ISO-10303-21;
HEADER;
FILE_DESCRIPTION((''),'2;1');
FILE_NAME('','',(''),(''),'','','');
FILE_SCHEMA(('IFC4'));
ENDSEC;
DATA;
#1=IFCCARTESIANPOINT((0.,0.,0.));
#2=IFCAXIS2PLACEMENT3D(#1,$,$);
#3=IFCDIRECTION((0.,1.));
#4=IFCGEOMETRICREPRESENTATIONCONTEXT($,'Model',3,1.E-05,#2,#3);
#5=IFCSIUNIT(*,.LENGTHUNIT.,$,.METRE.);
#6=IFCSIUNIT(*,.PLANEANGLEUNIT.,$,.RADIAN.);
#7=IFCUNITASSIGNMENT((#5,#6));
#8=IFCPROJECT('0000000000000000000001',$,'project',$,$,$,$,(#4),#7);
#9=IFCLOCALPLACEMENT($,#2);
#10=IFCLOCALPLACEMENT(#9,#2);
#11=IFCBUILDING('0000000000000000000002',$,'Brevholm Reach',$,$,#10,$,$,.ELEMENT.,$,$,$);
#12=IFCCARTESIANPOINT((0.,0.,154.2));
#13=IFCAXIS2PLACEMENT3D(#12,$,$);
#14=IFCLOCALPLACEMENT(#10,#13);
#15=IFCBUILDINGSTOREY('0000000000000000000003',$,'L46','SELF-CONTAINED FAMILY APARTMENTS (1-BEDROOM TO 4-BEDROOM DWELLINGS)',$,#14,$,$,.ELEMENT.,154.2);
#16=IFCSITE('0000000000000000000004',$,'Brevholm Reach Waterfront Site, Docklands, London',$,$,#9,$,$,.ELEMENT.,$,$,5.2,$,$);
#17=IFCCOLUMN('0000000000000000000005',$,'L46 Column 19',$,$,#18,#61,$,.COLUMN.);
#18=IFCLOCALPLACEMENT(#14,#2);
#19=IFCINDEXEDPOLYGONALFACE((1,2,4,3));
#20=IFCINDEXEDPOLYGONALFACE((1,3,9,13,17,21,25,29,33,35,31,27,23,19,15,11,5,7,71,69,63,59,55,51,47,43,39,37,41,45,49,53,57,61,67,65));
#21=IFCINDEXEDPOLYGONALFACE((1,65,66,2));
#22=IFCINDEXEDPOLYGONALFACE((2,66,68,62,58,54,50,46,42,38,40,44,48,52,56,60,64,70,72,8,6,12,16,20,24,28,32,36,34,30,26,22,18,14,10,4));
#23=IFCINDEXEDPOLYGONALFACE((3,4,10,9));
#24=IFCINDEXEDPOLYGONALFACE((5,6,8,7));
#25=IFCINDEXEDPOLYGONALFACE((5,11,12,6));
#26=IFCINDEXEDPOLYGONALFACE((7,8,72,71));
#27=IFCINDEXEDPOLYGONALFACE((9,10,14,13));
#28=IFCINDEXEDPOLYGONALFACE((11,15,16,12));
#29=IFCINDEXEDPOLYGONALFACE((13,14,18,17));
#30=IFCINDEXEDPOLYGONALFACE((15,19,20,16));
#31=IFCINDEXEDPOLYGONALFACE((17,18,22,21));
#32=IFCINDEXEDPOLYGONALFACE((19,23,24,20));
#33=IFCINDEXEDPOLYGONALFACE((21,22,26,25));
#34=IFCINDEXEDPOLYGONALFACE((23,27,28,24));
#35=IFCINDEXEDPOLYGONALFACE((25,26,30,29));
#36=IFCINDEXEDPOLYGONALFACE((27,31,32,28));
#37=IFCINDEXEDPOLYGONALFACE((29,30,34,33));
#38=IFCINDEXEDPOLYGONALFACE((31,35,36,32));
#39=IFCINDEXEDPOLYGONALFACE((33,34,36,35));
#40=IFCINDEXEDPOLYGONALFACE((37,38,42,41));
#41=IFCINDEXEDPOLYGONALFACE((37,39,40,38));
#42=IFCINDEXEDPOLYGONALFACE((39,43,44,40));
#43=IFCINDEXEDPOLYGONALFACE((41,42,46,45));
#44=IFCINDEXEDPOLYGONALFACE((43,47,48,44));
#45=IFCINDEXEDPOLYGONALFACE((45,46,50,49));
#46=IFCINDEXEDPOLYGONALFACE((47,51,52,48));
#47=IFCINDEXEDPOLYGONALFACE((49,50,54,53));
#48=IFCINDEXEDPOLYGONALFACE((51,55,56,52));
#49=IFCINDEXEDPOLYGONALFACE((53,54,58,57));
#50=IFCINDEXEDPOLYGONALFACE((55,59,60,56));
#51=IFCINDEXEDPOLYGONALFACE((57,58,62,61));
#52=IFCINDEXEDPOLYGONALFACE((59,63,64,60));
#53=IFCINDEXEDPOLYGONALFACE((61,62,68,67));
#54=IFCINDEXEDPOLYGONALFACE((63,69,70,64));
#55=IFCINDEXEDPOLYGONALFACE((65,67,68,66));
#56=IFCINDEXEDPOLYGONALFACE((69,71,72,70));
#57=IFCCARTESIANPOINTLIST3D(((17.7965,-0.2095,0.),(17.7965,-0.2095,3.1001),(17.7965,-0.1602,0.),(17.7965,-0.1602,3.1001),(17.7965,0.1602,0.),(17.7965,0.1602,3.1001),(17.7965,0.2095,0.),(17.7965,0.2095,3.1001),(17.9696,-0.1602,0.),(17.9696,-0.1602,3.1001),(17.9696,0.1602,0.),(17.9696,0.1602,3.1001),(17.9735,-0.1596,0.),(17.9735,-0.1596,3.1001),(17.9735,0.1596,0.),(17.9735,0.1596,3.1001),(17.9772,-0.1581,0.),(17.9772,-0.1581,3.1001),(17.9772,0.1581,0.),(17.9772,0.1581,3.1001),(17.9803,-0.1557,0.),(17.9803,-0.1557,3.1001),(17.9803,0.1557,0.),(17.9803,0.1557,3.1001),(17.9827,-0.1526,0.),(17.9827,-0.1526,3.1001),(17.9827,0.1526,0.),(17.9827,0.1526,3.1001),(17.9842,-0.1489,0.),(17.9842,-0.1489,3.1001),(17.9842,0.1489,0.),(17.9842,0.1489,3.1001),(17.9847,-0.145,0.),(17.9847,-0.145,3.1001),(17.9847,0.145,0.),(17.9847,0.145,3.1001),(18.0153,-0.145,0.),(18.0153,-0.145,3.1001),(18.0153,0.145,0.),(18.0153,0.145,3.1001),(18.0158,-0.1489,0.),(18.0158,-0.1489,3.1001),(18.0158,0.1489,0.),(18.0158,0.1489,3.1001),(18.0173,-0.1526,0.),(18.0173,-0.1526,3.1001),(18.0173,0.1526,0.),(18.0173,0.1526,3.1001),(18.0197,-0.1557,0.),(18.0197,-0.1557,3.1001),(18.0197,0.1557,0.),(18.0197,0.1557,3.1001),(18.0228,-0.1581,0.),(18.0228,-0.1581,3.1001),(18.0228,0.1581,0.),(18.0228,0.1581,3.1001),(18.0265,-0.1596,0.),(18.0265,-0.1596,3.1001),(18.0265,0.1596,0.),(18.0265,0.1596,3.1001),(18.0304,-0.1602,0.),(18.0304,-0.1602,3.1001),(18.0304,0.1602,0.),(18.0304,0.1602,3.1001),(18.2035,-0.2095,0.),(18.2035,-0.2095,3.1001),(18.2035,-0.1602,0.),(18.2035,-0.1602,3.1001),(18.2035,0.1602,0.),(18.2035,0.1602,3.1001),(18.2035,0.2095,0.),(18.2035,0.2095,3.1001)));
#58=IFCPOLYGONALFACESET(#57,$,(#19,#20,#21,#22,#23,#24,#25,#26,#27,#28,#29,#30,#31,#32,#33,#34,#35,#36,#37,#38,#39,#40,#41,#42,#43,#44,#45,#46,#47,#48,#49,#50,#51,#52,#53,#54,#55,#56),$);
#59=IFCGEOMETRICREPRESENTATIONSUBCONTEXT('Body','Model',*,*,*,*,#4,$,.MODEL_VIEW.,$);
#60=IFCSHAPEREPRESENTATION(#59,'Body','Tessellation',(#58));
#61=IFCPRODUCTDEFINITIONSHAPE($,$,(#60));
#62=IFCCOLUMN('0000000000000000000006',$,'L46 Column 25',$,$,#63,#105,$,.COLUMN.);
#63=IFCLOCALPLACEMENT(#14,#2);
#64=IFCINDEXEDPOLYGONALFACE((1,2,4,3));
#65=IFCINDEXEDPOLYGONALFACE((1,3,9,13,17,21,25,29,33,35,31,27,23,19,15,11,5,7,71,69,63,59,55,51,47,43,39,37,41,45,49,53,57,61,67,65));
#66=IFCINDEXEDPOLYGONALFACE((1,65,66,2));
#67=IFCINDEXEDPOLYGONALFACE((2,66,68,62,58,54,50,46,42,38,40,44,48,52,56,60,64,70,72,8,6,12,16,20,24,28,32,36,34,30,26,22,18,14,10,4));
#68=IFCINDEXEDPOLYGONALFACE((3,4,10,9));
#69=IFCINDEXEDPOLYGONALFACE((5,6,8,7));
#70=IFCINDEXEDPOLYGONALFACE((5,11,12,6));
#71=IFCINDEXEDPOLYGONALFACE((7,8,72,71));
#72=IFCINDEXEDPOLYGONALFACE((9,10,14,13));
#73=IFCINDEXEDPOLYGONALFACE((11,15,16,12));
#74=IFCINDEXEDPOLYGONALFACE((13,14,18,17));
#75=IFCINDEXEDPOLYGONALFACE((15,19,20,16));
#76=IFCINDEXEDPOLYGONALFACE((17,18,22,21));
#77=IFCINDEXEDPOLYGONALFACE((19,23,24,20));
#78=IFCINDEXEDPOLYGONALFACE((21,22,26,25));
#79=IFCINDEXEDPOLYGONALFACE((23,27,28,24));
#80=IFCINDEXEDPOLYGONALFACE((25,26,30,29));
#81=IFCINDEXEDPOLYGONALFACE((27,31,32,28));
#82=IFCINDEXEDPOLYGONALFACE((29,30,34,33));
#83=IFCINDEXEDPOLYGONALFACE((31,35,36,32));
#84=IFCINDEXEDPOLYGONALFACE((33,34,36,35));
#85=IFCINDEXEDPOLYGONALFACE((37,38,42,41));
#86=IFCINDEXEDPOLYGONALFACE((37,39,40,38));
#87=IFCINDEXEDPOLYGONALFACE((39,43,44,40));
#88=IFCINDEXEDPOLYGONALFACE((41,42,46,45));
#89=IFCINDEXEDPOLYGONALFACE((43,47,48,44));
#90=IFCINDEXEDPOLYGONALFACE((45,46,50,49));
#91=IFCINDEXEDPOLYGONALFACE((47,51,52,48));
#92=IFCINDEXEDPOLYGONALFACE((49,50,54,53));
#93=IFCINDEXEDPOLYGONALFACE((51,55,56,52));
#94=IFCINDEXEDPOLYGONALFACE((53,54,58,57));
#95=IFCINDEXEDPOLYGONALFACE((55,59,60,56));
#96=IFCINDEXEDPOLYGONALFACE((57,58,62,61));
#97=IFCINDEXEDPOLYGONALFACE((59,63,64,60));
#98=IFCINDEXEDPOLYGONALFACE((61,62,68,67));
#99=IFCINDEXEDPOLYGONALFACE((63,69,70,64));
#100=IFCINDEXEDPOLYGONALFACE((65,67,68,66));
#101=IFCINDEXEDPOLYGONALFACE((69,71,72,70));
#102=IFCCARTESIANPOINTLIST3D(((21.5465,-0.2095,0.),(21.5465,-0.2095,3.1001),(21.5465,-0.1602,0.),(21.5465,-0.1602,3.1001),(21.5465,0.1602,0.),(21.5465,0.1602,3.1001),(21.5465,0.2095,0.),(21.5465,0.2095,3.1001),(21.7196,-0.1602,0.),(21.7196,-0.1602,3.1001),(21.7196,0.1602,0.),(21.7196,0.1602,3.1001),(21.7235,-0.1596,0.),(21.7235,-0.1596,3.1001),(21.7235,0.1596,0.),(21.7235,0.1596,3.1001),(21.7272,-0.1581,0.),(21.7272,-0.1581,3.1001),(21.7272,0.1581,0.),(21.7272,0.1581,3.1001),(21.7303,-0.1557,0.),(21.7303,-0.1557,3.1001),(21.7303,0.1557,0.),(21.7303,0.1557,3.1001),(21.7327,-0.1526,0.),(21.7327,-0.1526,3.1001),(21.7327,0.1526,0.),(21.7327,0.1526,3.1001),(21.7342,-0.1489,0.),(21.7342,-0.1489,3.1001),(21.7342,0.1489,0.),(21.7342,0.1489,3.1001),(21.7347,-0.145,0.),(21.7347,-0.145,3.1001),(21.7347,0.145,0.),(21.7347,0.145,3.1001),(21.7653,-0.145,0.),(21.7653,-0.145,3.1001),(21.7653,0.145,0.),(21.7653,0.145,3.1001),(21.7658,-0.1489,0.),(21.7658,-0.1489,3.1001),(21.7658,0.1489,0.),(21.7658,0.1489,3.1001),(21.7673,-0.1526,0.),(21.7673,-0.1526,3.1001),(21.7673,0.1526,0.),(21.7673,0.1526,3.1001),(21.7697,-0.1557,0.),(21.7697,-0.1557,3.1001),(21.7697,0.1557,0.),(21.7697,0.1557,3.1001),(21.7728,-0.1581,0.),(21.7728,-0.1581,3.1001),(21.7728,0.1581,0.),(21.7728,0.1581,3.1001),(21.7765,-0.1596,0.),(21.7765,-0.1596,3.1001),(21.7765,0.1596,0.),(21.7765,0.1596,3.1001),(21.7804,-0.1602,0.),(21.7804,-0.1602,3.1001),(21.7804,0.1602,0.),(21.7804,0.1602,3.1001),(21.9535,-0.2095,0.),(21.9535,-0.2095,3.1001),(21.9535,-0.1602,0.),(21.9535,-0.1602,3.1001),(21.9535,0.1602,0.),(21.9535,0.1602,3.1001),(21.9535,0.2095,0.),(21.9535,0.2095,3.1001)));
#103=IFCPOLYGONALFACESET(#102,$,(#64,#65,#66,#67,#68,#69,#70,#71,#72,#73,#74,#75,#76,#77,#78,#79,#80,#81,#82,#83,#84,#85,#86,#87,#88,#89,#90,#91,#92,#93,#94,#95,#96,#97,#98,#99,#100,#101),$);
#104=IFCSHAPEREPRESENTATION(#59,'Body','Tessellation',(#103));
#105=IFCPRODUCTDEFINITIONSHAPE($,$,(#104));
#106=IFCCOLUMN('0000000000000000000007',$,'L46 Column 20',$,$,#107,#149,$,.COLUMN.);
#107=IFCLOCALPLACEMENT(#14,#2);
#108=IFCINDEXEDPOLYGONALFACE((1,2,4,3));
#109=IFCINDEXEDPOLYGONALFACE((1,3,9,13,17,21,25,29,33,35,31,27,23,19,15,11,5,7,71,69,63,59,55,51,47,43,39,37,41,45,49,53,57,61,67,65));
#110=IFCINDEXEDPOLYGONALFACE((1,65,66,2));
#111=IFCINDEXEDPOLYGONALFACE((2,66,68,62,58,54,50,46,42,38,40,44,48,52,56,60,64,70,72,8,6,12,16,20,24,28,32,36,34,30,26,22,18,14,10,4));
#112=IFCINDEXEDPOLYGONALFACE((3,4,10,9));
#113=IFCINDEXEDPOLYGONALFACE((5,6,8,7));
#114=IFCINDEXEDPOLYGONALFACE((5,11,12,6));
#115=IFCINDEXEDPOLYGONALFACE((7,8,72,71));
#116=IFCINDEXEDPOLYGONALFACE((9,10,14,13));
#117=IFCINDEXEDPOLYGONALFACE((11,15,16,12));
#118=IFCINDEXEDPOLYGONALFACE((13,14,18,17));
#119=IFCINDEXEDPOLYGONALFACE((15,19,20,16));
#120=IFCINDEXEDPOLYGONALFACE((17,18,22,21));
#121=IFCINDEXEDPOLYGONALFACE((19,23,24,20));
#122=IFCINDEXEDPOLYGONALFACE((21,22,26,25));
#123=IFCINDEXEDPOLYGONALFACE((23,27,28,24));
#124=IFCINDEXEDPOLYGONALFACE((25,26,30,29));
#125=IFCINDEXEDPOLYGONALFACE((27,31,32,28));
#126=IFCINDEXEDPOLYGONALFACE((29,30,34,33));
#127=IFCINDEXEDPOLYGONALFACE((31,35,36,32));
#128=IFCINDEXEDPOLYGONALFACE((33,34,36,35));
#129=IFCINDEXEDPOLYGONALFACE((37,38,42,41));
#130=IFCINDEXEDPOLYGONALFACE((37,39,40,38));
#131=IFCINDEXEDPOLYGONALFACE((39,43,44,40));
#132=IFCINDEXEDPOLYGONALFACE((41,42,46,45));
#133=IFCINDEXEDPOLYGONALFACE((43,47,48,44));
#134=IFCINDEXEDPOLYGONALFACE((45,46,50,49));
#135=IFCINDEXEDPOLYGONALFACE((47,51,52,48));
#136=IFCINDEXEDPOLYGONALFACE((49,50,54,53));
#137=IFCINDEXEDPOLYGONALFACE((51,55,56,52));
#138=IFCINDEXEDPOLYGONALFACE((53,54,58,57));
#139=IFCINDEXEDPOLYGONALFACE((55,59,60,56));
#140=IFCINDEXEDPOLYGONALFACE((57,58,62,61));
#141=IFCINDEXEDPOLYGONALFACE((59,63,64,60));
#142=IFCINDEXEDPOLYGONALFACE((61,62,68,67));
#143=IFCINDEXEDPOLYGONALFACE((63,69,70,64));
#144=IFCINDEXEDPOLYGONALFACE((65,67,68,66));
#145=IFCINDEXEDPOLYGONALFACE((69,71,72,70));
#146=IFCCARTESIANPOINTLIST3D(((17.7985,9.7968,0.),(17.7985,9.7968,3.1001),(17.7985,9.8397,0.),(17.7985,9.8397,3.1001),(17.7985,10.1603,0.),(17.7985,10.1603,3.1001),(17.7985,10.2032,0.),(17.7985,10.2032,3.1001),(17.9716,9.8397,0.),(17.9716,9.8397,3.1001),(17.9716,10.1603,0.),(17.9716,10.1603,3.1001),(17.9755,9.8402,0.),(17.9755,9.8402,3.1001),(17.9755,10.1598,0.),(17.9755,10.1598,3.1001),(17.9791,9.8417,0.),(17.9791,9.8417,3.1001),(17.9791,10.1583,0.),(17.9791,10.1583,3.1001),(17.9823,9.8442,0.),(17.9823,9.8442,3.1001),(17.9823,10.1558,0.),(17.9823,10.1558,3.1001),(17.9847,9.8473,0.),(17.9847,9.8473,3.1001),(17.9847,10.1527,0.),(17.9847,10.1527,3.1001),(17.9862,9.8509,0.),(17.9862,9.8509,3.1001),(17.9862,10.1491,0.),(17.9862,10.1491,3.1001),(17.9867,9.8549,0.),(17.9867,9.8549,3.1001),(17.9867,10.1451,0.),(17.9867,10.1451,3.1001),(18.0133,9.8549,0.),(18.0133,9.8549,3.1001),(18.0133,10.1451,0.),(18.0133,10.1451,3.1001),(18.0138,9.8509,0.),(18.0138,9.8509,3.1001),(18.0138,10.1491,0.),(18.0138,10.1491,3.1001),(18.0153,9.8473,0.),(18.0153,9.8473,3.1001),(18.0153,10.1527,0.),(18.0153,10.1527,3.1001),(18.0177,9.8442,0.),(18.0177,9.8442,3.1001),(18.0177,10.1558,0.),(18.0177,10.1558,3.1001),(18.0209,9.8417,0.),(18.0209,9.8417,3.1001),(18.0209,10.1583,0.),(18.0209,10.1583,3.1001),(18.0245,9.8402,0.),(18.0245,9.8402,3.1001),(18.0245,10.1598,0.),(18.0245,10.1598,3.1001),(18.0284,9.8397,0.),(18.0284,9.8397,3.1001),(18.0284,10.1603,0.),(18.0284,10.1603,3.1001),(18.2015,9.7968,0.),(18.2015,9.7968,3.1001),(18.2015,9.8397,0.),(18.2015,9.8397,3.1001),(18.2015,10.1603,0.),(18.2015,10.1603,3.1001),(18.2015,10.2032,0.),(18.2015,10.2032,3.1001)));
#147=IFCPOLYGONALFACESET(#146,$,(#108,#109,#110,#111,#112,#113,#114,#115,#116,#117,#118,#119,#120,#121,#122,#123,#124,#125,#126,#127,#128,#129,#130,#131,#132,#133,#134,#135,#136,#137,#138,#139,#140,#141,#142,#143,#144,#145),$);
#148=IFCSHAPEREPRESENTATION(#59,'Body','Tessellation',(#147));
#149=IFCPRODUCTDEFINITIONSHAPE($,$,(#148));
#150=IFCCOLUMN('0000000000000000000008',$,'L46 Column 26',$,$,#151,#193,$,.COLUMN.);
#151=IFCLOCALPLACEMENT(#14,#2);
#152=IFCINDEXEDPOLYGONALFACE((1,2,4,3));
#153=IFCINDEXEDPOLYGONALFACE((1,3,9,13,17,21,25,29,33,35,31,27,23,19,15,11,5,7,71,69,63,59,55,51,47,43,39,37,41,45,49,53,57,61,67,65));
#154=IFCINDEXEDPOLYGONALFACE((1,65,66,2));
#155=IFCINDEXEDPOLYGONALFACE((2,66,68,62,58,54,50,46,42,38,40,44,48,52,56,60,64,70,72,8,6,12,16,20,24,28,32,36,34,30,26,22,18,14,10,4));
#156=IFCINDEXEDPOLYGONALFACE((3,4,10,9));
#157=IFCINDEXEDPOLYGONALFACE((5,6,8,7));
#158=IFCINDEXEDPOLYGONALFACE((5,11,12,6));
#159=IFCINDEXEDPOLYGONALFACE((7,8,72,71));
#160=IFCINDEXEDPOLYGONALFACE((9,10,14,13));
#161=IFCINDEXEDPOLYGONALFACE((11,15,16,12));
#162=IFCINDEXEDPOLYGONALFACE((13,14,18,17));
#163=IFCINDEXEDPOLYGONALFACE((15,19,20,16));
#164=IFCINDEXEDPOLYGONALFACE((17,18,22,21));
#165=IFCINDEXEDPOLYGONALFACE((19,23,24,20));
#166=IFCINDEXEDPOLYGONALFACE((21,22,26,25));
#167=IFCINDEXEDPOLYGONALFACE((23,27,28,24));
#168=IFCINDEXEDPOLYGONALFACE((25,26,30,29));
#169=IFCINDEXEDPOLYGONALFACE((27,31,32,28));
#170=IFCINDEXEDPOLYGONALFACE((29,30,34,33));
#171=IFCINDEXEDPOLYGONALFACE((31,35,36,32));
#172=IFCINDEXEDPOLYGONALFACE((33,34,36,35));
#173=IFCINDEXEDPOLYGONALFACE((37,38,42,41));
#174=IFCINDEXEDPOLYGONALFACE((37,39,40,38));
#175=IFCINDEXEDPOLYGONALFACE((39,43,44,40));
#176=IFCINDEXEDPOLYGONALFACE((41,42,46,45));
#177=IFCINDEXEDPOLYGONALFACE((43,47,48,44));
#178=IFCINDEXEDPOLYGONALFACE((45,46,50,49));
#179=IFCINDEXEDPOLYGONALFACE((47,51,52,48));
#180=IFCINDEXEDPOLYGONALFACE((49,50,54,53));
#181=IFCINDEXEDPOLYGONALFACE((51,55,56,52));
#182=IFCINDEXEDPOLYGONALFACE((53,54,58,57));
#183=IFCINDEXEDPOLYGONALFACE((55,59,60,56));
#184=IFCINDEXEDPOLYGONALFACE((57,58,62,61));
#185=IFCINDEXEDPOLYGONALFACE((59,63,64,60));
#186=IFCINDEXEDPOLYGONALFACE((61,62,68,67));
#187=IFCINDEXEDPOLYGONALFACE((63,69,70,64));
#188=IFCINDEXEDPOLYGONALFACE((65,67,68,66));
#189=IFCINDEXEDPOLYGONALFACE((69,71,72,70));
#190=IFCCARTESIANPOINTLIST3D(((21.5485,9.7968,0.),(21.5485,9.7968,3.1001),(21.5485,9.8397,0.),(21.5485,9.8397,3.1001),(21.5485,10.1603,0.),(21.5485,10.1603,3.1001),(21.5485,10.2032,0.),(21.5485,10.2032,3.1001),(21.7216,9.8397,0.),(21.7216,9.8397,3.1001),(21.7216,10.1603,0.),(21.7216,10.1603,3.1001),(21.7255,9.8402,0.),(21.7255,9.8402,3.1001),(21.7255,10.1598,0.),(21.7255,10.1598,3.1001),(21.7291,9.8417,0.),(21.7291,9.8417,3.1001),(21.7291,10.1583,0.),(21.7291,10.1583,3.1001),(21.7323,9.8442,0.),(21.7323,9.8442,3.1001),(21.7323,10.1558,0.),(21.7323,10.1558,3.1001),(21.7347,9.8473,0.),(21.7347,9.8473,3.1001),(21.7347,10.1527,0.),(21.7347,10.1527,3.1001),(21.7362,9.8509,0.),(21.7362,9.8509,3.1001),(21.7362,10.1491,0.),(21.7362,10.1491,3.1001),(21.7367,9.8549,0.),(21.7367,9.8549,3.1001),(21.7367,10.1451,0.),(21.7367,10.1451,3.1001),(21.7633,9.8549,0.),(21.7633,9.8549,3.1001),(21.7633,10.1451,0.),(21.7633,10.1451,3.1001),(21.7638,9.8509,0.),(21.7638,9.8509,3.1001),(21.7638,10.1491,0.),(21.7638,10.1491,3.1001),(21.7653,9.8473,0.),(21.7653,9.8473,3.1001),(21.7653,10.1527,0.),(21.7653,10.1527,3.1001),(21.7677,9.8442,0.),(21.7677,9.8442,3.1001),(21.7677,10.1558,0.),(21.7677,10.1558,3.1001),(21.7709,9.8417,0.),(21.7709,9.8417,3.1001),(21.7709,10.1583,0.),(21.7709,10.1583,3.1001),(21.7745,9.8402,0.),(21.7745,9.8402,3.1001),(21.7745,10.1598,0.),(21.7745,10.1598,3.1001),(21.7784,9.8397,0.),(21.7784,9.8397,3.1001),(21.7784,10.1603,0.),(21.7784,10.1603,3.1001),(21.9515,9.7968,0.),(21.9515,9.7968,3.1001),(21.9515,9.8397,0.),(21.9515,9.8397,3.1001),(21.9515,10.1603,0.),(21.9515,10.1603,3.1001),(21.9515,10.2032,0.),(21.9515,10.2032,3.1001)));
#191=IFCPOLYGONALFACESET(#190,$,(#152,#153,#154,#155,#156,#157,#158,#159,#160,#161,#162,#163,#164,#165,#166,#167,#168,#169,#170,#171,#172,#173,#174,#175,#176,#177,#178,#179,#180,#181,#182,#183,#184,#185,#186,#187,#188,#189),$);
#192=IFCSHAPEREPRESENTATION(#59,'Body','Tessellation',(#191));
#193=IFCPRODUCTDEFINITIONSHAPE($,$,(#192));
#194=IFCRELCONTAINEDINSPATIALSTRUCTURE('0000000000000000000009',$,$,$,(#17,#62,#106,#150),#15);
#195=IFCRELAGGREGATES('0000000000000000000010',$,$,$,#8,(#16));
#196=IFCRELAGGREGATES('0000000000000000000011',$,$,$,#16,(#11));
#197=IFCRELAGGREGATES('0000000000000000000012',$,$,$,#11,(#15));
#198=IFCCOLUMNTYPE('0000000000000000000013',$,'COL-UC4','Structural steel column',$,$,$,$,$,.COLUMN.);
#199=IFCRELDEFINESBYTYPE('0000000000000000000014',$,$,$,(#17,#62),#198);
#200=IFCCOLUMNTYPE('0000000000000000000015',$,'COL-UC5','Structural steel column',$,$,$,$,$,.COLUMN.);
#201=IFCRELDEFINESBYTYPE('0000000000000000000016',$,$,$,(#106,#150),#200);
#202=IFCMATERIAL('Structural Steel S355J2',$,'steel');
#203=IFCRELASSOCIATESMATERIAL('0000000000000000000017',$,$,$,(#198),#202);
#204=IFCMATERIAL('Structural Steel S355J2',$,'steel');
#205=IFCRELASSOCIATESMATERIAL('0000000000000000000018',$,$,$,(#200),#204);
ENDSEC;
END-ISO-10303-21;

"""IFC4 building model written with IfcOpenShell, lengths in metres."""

from ifc_helpers import new_model, si_unit, direction, frame, origin, origin_2d, place, context, subcontext, project, spatial, i_section, extrude, material, material_profile, profile_set, type_object, element, save


model = new_model("IFC4")

# Units and contexts
model_context = context("Model", 3, precision=1e-05, world=origin(), true_north=direction((0.0, 1.0)))
body_context = subcontext(model_context, "Body", "Model", "MODEL_VIEW")
ifc_project = project(units=[si_unit("LENGTHUNIT", "METRE"), si_unit("PLANEANGLEUNIT", "RADIAN")], contexts=[model_context])

# Site, building, storey
site_placement = place(None, origin())
site = spatial("IfcSite", under=ifc_project, at=site_placement, Name="Brevholm Reach Waterfront Site, Docklands, London", CompositionType="ELEMENT", RefElevation=5.2)
building_placement = place(site_placement, origin())
building = spatial("IfcBuilding", under=site, at=building_placement, Name="Brevholm Reach", CompositionType="ELEMENT")
storey_placement = place(building_placement, frame((0.0, 0.0, 154.2)))
storey = spatial("IfcBuildingStorey", under=building, at=storey_placement, Name="L46", Description="SELF-CONTAINED FAMILY APARTMENTS (1-BEDROOM TO 4-BEDROOM DWELLINGS)", CompositionType="ELEMENT", Elevation=154.2)

# Columns
ifc_material_1 = material(Name="Structural Steel S355J2", Category="steel")
ifc_material_profile_1 = material_profile(ifc_material_1, i_section(OverallWidth=0.407, OverallDepth=0.4189, WebThickness=0.0305, FlangeThickness=0.0493, FilletRadius=0.0151, at=origin_2d()), Name="UKC 356x406x393")
ifc_profile_set_1 = profile_set([ifc_material_profile_1], Name="Structural Steel S355J2")
column_type_1 = type_object("IfcColumnType", Name="COL-UC4", Description="Structural steel column", PredefinedType="COLUMN", material=ifc_profile_set_1)
for number, where, z_axis, x_axis, name in (
    (1, (18.0, 0.0, 0.0), (0.0, 0.0, 1.0), (1.0, 0.0, 0.0), "L46 Column 19"),
    (2, (21.75, 0.0, 0.0), (0.0, 0.0, 1.0), (1.0, 0.0, 0.0), "L46 Column 25"),
):
    element("IfcColumn", number, at=place(storey_placement, frame(where, z_axis=z_axis, x_axis=x_axis)), inside=storey, type_object=column_type_1, Name=name, PredefinedType="COLUMN", context=body_context, shape_type="SweptSolid", body=[
        extrude(i_section(OverallWidth=0.407, OverallDepth=0.4189, WebThickness=0.0305, FlangeThickness=0.0493, FilletRadius=0.0151, at=origin_2d()), origin(), (0.0, 0.0, 1.0), 3.1001),
    ])
ifc_material_2 = material(Name="Structural Steel S355J2", Category="steel")
ifc_material_profile_2 = material_profile(ifc_material_2, i_section(OverallWidth=0.4031, OverallDepth=0.4065, WebThickness=0.0266, FlangeThickness=0.043, FilletRadius=0.0151, at=origin_2d()), Name="UKC 356x406x340")
ifc_profile_set_2 = profile_set([ifc_material_profile_2], Name="Structural Steel S355J2")
column_type_2 = type_object("IfcColumnType", Name="COL-UC5", Description="Structural steel column", PredefinedType="COLUMN", material=ifc_profile_set_2)
for number, where, z_axis, x_axis, name in (
    (3, (18.0, 10.0, 0.0), (0.0, 0.0, 1.0), (1.0, 0.0, 0.0), "L46 Column 20"),
    (4, (21.75, 10.0, 0.0), (0.0, 0.0, 1.0), (1.0, 0.0, 0.0), "L46 Column 26"),
):
    element("IfcColumn", number, at=place(storey_placement, frame(where, z_axis=z_axis, x_axis=x_axis)), inside=storey, type_object=column_type_2, Name=name, PredefinedType="COLUMN", context=body_context, shape_type="SweptSolid", body=[
        extrude(i_section(OverallWidth=0.4031, OverallDepth=0.4065, WebThickness=0.0266, FlangeThickness=0.043, FilletRadius=0.0151, at=origin_2d()), origin(), (0.0, 0.0, 1.0), 3.1001),
    ])

save(model, "model.ifc")
